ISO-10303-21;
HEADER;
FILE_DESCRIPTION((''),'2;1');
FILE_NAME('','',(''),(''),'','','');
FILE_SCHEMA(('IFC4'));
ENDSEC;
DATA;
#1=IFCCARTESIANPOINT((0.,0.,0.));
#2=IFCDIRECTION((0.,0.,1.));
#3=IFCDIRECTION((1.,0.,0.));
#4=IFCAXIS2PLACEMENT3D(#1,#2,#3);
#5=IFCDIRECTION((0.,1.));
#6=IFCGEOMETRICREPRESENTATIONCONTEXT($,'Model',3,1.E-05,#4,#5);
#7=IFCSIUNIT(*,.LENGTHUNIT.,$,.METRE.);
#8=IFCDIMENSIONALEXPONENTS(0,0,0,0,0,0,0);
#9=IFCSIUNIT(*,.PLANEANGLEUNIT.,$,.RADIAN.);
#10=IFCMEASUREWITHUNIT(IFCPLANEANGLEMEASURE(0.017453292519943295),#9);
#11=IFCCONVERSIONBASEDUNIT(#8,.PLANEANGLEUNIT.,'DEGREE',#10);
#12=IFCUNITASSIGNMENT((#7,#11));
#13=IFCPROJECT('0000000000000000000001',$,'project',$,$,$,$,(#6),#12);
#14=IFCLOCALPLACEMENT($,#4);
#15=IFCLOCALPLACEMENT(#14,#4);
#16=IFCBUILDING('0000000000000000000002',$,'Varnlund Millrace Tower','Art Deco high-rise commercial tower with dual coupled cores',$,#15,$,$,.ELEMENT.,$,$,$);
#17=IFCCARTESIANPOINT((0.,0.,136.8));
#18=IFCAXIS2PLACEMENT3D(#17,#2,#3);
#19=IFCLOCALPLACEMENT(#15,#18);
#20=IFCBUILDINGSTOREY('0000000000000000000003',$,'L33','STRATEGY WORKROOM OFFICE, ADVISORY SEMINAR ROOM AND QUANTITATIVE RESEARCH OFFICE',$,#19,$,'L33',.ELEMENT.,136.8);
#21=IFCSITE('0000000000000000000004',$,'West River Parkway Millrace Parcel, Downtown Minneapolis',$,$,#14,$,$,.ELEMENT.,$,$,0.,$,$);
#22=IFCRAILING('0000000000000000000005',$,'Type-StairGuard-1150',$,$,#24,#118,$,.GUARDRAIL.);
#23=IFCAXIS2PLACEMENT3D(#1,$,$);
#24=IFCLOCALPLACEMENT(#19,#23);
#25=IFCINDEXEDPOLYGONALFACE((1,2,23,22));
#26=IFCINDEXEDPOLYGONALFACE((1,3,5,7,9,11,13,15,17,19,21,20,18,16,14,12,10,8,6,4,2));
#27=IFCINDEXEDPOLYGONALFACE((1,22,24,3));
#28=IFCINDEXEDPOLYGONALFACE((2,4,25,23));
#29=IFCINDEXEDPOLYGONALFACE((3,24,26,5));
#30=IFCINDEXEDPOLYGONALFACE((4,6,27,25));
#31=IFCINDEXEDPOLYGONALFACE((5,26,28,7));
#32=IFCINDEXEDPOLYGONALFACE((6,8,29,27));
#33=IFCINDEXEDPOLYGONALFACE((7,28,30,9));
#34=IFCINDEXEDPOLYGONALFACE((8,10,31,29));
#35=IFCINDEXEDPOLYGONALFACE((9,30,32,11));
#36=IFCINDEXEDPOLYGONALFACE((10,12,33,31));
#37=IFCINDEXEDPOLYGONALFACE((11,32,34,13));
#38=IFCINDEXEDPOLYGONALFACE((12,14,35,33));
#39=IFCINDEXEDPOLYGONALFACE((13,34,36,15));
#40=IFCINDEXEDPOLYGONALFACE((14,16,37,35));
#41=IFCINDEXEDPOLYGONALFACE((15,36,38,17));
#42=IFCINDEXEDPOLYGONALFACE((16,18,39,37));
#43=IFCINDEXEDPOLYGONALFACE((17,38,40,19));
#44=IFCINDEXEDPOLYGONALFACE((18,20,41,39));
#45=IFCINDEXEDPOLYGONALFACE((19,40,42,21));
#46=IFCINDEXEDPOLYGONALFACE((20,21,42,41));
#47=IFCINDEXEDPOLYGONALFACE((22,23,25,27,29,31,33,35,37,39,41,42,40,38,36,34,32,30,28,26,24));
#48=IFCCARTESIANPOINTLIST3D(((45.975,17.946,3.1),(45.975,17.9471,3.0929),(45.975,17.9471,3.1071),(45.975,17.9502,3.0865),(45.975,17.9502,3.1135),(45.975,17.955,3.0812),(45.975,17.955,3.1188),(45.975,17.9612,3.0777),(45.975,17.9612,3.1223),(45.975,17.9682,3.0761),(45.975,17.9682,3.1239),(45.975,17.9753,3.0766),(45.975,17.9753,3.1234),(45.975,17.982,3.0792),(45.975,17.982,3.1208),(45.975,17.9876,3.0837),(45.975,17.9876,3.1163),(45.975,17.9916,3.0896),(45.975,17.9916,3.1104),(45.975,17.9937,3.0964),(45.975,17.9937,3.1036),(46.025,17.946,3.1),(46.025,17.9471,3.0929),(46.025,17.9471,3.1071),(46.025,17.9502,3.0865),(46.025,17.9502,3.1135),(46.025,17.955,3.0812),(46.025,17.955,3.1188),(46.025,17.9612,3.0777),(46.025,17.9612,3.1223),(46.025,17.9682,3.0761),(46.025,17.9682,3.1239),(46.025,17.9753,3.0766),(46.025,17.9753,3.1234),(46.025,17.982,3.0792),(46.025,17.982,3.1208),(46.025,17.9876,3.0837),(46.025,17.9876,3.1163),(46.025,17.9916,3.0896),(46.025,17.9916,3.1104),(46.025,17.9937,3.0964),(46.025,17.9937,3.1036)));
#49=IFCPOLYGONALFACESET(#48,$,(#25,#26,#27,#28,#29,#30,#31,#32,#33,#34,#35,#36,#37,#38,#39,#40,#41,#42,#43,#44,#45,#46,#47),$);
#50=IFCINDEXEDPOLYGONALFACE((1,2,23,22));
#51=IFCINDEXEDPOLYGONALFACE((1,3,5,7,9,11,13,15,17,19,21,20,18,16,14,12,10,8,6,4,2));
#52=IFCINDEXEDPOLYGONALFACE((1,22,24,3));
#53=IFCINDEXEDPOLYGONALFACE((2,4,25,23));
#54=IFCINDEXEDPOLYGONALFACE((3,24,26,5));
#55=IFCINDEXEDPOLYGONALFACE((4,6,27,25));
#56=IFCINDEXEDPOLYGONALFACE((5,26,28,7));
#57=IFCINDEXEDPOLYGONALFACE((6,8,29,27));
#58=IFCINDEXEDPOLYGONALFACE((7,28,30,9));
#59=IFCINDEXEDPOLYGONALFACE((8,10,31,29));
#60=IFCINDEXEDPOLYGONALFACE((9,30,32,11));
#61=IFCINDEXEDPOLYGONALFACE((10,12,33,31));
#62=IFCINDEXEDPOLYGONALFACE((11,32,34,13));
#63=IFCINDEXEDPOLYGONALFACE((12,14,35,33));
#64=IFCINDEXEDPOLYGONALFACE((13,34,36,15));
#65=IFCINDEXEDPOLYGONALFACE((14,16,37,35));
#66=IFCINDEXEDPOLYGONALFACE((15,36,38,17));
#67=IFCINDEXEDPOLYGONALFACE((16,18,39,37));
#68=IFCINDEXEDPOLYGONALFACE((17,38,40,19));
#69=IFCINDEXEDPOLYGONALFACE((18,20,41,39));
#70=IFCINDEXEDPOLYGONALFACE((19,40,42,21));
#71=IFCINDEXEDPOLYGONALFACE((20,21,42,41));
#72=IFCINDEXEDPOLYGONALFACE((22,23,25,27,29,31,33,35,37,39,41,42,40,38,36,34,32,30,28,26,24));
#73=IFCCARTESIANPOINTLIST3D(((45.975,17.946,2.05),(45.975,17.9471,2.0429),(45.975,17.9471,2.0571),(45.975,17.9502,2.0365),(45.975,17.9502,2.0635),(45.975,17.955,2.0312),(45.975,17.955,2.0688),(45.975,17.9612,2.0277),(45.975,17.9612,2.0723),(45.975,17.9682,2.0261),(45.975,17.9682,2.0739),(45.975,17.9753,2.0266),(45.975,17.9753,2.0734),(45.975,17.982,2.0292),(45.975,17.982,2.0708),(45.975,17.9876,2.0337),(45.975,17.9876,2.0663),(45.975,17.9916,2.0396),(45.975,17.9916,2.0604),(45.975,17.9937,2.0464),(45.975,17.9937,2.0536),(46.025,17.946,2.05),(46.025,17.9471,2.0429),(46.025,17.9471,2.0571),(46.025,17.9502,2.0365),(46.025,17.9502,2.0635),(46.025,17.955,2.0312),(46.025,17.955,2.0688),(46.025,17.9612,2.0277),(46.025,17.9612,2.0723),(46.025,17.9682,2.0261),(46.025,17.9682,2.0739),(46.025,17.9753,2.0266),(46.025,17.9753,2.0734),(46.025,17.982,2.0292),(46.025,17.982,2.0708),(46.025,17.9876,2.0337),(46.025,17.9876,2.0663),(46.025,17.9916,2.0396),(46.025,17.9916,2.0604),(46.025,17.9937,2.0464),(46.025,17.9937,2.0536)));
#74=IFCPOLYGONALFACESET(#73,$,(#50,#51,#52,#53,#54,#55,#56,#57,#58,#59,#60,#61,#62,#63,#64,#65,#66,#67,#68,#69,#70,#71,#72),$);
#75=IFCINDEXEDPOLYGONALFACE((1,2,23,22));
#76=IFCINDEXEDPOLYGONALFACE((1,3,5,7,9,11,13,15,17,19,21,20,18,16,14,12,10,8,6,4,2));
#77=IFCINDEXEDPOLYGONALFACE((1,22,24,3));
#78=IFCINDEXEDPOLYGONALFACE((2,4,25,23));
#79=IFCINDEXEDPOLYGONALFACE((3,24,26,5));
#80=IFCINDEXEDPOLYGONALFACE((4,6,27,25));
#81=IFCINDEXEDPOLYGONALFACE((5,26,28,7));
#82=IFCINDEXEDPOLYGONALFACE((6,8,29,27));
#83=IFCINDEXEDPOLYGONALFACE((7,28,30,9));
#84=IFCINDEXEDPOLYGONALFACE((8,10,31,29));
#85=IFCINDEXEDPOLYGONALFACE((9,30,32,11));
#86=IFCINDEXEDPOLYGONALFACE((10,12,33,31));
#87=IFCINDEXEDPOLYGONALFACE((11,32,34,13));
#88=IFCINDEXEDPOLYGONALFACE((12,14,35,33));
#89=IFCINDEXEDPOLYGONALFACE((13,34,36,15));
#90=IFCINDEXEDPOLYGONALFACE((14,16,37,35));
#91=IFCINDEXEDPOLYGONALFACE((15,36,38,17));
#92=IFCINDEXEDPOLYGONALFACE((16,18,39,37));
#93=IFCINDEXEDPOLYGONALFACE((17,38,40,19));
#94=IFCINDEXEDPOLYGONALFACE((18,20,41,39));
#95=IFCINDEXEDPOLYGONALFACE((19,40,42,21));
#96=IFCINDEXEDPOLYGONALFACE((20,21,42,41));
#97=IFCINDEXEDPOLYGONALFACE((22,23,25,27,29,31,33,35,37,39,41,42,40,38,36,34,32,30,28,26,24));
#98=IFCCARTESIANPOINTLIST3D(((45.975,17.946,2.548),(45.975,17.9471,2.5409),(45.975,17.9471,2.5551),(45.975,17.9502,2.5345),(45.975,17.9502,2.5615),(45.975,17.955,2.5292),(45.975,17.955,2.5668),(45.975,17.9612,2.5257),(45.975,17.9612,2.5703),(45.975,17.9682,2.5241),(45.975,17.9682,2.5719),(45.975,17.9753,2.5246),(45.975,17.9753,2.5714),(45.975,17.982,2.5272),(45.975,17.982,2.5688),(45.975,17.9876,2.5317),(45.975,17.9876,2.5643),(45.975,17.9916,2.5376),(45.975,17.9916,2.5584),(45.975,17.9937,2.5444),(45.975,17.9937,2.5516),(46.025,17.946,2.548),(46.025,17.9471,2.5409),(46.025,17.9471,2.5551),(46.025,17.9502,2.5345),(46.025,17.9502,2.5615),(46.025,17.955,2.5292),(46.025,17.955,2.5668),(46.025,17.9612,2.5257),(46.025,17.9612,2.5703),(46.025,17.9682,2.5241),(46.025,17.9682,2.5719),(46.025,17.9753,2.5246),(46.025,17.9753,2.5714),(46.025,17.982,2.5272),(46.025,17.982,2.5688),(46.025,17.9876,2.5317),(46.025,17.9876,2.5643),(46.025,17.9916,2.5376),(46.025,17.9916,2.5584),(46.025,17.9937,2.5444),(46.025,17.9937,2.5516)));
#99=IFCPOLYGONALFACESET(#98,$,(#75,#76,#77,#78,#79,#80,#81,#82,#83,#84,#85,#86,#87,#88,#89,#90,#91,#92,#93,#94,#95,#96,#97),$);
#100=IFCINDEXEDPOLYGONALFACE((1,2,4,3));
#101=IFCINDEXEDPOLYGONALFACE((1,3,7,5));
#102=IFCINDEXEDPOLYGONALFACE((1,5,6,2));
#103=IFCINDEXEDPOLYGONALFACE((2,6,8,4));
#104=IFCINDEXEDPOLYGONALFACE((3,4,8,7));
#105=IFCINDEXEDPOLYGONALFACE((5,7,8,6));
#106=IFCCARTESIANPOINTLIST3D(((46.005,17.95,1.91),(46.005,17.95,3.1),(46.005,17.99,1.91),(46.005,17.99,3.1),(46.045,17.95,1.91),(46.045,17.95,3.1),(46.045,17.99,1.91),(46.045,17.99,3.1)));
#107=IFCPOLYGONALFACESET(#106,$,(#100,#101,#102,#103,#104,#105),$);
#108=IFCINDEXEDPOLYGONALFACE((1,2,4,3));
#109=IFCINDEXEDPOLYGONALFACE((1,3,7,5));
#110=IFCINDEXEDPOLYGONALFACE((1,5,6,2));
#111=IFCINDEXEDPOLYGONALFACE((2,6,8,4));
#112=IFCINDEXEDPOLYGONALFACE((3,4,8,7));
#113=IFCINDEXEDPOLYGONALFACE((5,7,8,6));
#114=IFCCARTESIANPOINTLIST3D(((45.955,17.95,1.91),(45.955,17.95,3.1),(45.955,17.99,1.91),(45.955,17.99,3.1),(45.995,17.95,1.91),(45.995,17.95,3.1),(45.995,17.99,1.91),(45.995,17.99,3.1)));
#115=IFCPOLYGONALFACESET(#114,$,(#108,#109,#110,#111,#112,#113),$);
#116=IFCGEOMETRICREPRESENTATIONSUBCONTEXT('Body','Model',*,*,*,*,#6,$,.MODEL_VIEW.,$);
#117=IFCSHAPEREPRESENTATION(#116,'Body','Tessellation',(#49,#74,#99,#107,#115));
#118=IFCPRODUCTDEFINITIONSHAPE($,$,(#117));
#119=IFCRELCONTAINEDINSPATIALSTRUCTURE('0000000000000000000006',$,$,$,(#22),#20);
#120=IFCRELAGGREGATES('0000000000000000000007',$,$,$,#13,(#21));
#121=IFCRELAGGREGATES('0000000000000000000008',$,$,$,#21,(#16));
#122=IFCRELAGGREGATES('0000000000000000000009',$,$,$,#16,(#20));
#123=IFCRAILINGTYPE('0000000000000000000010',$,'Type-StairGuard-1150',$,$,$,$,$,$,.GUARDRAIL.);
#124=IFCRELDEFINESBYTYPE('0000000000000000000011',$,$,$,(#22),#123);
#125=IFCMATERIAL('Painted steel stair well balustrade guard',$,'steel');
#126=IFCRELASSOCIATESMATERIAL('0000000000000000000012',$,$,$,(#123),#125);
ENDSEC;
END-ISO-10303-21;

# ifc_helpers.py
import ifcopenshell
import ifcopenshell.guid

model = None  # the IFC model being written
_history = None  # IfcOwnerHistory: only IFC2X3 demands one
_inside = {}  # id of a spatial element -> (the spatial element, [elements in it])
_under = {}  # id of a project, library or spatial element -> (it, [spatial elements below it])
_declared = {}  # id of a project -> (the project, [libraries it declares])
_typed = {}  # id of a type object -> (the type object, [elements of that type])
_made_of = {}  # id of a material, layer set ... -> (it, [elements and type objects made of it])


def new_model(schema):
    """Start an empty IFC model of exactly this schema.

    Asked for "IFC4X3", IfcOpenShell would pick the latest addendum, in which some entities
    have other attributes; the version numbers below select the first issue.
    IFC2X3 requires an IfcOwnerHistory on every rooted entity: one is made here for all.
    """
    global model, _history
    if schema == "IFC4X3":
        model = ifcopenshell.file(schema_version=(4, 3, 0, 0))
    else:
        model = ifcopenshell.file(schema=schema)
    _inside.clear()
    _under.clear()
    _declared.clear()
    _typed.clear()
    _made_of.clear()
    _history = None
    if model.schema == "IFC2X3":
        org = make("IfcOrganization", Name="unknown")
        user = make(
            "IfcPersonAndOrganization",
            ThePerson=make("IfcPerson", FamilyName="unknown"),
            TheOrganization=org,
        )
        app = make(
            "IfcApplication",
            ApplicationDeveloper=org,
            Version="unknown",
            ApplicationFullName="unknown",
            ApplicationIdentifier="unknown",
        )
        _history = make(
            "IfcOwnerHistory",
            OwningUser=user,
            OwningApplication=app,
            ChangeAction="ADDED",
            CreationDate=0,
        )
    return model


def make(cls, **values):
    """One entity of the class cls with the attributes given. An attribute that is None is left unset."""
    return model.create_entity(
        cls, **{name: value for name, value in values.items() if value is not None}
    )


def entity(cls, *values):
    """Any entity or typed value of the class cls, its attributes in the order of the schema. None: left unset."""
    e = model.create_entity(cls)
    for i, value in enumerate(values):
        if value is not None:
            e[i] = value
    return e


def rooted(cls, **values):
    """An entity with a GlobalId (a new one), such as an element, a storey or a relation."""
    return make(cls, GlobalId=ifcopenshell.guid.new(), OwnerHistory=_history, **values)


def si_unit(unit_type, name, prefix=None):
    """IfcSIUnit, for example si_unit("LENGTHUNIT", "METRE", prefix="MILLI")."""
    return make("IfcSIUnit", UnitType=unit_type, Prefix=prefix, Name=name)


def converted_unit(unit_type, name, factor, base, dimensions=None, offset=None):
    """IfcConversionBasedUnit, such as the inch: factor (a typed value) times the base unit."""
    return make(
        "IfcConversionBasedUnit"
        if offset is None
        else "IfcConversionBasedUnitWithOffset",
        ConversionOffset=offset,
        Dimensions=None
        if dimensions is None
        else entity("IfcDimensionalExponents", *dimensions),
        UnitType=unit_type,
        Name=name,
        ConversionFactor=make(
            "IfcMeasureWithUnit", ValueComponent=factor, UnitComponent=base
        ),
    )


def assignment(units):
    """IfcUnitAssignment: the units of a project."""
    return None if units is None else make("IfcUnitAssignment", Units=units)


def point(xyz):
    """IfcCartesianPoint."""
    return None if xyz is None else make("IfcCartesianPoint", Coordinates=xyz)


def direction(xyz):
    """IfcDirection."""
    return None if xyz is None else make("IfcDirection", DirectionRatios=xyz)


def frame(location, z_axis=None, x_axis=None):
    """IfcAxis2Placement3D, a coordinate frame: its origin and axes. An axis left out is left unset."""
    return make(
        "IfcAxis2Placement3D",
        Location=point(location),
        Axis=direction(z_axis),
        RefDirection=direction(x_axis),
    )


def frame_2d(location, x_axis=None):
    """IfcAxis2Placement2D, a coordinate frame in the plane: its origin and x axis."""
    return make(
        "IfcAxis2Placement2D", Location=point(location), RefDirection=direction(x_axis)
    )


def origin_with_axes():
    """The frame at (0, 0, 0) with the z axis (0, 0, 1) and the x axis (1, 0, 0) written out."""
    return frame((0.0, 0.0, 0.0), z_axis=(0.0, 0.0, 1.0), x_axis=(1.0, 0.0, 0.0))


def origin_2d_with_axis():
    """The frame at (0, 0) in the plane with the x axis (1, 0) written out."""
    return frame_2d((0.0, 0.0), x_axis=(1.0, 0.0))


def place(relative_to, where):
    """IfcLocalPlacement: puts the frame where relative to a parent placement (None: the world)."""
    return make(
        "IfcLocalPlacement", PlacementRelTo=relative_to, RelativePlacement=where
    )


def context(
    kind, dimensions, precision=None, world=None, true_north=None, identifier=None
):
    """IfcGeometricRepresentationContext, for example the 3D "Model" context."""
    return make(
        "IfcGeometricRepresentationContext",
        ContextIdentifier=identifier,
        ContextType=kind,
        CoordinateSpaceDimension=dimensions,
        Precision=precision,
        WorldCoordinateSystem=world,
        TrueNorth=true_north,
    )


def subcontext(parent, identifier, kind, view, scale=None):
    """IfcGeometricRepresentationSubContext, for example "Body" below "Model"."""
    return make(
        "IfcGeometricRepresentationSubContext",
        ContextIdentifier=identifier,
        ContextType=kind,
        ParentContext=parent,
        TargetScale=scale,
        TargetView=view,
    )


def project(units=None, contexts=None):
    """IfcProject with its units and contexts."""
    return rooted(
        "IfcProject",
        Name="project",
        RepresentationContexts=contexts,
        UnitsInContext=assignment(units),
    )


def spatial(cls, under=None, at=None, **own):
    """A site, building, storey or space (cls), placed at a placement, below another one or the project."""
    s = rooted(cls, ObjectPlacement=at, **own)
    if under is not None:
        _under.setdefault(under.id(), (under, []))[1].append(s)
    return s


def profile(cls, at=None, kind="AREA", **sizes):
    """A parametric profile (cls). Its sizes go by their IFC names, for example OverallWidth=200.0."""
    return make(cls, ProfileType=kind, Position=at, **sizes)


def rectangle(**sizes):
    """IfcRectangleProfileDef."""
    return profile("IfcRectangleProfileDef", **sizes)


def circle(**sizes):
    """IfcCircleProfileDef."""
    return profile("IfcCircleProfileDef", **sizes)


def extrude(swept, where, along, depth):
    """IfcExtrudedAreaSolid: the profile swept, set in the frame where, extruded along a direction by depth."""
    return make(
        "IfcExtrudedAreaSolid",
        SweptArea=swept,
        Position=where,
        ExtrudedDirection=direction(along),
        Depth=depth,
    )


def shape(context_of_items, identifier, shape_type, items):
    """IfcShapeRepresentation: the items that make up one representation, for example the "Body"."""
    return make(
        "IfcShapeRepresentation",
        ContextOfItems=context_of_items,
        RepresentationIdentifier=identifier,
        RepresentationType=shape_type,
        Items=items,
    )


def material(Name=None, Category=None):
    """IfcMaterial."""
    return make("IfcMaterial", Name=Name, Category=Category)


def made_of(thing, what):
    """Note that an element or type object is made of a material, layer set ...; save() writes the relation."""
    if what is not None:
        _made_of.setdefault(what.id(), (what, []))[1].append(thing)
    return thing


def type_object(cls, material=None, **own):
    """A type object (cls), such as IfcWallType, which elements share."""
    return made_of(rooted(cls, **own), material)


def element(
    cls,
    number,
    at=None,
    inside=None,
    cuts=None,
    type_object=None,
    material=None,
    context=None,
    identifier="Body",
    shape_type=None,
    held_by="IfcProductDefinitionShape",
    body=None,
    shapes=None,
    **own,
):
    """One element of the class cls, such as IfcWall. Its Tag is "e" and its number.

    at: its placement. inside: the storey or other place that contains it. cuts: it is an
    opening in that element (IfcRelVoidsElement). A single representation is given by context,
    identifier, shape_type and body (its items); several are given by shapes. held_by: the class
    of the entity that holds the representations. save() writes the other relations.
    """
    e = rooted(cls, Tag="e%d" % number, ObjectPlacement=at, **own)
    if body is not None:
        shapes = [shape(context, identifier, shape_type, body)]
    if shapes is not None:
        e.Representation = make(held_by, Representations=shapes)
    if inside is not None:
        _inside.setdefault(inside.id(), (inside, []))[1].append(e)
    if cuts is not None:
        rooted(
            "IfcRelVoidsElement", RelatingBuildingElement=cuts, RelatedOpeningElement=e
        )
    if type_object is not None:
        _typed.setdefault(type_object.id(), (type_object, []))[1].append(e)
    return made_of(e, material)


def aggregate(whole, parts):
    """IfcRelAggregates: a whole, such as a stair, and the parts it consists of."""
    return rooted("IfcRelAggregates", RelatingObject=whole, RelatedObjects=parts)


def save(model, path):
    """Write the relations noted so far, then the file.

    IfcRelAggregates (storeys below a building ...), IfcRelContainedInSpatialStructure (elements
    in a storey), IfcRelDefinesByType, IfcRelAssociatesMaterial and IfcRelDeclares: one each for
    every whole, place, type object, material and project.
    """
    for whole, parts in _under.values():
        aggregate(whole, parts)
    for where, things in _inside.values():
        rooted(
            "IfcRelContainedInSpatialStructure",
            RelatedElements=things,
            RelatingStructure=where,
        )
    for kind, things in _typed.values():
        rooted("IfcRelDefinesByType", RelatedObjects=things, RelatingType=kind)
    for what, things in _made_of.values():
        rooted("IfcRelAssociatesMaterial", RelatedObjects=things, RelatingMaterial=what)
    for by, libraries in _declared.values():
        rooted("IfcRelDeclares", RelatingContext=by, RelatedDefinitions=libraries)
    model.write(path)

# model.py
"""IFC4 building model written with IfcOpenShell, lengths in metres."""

from ifc_helpers import new_model, entity, si_unit, converted_unit, direction, frame, origin_with_axes, origin_2d_with_axis, place, context, subcontext, project, spatial, rectangle, circle, extrude, material, type_object, element, save


model = new_model("IFC4")

# Units and contexts
model_context = context("Model", 3, precision=1e-05, world=origin_with_axes(), true_north=direction((0.0, 1.0)))
body_context = subcontext(model_context, "Body", "Model", "MODEL_VIEW")
ifc_project = project(units=[si_unit("LENGTHUNIT", "METRE"), converted_unit("PLANEANGLEUNIT", "DEGREE", entity("IfcPlaneAngleMeasure", 0.017453292519943295), si_unit("PLANEANGLEUNIT", "RADIAN"), dimensions=[0, 0, 0, 0, 0, 0, 0])], contexts=[model_context])

# Site, building, storey
site_placement = place(None, origin_with_axes())
site = spatial("IfcSite", under=ifc_project, at=site_placement, Name="West River Parkway Millrace Parcel, Downtown Minneapolis", CompositionType="ELEMENT", RefElevation=0.0)
building_placement = place(site_placement, origin_with_axes())
building = spatial("IfcBuilding", under=site, at=building_placement, Name="Varnlund Millrace Tower", Description="Art Deco high-rise commercial tower with dual coupled cores", CompositionType="ELEMENT")
storey_placement = place(building_placement, frame((0.0, 0.0, 136.8), z_axis=(0.0, 0.0, 1.0), x_axis=(1.0, 0.0, 0.0)))
storey = spatial("IfcBuildingStorey", under=building, at=storey_placement, Name="L33", Description="STRATEGY WORKROOM OFFICE, ADVISORY SEMINAR ROOM AND QUANTITATIVE RESEARCH OFFICE", LongName="L33", CompositionType="ELEMENT", Elevation=136.8)

# Railing
ifc_material_1 = material(Name="Painted steel stair well balustrade guard", Category="steel")
railing_type_1 = type_object("IfcRailingType", Name="Type-StairGuard-1150", PredefinedType="GUARDRAIL", material=ifc_material_1)
railing_1_placement = place(storey_placement, frame((0.0, 0.0, -136.8), z_axis=(0.0, 0.0, 1.0), x_axis=(1.0, 0.0, 0.0)))
element("IfcRailing", 1, at=railing_1_placement, inside=storey, type_object=railing_type_1, Name="Type-StairGuard-1150", PredefinedType="GUARDRAIL", context=body_context, shape_type="SweptSolid", body=[
    extrude(circle(Radius=0.024, at=origin_2d_with_axis()), frame((46.025, 17.97, 139.9), z_axis=(-1.0, 0.0, 0.0), x_axis=(0.0, -1.0, 0.0)), (0.0, 0.0, 1.0), 0.05),
    extrude(circle(Radius=0.024, at=origin_2d_with_axis()), frame((46.025, 17.97, 138.85), z_axis=(-1.0, 0.0, 0.0), x_axis=(0.0, -1.0, 0.0)), (0.0, 0.0, 1.0), 0.05),
    extrude(circle(Radius=0.024, at=origin_2d_with_axis()), frame((46.025, 17.97, 139.348), z_axis=(-1.0, 0.0, 0.0), x_axis=(0.0, -1.0, 0.0)), (0.0, 0.0, 1.0), 0.05),
    extrude(rectangle(XDim=0.04, YDim=0.04, at=origin_2d_with_axis()), frame((46.025, 17.97, 138.71), z_axis=(0.0, 0.0, 1.0), x_axis=(1.0, 0.0, 0.0)), (0.0, 0.0, 1.0), 1.19),
    extrude(rectangle(XDim=0.04, YDim=0.04, at=origin_2d_with_axis()), frame((45.975, 17.97, 138.71), z_axis=(0.0, 0.0, 1.0), x_axis=(1.0, 0.0, 0.0)), (0.0, 0.0, 1.0), 1.19),
])

save(model, "model.ifc")
